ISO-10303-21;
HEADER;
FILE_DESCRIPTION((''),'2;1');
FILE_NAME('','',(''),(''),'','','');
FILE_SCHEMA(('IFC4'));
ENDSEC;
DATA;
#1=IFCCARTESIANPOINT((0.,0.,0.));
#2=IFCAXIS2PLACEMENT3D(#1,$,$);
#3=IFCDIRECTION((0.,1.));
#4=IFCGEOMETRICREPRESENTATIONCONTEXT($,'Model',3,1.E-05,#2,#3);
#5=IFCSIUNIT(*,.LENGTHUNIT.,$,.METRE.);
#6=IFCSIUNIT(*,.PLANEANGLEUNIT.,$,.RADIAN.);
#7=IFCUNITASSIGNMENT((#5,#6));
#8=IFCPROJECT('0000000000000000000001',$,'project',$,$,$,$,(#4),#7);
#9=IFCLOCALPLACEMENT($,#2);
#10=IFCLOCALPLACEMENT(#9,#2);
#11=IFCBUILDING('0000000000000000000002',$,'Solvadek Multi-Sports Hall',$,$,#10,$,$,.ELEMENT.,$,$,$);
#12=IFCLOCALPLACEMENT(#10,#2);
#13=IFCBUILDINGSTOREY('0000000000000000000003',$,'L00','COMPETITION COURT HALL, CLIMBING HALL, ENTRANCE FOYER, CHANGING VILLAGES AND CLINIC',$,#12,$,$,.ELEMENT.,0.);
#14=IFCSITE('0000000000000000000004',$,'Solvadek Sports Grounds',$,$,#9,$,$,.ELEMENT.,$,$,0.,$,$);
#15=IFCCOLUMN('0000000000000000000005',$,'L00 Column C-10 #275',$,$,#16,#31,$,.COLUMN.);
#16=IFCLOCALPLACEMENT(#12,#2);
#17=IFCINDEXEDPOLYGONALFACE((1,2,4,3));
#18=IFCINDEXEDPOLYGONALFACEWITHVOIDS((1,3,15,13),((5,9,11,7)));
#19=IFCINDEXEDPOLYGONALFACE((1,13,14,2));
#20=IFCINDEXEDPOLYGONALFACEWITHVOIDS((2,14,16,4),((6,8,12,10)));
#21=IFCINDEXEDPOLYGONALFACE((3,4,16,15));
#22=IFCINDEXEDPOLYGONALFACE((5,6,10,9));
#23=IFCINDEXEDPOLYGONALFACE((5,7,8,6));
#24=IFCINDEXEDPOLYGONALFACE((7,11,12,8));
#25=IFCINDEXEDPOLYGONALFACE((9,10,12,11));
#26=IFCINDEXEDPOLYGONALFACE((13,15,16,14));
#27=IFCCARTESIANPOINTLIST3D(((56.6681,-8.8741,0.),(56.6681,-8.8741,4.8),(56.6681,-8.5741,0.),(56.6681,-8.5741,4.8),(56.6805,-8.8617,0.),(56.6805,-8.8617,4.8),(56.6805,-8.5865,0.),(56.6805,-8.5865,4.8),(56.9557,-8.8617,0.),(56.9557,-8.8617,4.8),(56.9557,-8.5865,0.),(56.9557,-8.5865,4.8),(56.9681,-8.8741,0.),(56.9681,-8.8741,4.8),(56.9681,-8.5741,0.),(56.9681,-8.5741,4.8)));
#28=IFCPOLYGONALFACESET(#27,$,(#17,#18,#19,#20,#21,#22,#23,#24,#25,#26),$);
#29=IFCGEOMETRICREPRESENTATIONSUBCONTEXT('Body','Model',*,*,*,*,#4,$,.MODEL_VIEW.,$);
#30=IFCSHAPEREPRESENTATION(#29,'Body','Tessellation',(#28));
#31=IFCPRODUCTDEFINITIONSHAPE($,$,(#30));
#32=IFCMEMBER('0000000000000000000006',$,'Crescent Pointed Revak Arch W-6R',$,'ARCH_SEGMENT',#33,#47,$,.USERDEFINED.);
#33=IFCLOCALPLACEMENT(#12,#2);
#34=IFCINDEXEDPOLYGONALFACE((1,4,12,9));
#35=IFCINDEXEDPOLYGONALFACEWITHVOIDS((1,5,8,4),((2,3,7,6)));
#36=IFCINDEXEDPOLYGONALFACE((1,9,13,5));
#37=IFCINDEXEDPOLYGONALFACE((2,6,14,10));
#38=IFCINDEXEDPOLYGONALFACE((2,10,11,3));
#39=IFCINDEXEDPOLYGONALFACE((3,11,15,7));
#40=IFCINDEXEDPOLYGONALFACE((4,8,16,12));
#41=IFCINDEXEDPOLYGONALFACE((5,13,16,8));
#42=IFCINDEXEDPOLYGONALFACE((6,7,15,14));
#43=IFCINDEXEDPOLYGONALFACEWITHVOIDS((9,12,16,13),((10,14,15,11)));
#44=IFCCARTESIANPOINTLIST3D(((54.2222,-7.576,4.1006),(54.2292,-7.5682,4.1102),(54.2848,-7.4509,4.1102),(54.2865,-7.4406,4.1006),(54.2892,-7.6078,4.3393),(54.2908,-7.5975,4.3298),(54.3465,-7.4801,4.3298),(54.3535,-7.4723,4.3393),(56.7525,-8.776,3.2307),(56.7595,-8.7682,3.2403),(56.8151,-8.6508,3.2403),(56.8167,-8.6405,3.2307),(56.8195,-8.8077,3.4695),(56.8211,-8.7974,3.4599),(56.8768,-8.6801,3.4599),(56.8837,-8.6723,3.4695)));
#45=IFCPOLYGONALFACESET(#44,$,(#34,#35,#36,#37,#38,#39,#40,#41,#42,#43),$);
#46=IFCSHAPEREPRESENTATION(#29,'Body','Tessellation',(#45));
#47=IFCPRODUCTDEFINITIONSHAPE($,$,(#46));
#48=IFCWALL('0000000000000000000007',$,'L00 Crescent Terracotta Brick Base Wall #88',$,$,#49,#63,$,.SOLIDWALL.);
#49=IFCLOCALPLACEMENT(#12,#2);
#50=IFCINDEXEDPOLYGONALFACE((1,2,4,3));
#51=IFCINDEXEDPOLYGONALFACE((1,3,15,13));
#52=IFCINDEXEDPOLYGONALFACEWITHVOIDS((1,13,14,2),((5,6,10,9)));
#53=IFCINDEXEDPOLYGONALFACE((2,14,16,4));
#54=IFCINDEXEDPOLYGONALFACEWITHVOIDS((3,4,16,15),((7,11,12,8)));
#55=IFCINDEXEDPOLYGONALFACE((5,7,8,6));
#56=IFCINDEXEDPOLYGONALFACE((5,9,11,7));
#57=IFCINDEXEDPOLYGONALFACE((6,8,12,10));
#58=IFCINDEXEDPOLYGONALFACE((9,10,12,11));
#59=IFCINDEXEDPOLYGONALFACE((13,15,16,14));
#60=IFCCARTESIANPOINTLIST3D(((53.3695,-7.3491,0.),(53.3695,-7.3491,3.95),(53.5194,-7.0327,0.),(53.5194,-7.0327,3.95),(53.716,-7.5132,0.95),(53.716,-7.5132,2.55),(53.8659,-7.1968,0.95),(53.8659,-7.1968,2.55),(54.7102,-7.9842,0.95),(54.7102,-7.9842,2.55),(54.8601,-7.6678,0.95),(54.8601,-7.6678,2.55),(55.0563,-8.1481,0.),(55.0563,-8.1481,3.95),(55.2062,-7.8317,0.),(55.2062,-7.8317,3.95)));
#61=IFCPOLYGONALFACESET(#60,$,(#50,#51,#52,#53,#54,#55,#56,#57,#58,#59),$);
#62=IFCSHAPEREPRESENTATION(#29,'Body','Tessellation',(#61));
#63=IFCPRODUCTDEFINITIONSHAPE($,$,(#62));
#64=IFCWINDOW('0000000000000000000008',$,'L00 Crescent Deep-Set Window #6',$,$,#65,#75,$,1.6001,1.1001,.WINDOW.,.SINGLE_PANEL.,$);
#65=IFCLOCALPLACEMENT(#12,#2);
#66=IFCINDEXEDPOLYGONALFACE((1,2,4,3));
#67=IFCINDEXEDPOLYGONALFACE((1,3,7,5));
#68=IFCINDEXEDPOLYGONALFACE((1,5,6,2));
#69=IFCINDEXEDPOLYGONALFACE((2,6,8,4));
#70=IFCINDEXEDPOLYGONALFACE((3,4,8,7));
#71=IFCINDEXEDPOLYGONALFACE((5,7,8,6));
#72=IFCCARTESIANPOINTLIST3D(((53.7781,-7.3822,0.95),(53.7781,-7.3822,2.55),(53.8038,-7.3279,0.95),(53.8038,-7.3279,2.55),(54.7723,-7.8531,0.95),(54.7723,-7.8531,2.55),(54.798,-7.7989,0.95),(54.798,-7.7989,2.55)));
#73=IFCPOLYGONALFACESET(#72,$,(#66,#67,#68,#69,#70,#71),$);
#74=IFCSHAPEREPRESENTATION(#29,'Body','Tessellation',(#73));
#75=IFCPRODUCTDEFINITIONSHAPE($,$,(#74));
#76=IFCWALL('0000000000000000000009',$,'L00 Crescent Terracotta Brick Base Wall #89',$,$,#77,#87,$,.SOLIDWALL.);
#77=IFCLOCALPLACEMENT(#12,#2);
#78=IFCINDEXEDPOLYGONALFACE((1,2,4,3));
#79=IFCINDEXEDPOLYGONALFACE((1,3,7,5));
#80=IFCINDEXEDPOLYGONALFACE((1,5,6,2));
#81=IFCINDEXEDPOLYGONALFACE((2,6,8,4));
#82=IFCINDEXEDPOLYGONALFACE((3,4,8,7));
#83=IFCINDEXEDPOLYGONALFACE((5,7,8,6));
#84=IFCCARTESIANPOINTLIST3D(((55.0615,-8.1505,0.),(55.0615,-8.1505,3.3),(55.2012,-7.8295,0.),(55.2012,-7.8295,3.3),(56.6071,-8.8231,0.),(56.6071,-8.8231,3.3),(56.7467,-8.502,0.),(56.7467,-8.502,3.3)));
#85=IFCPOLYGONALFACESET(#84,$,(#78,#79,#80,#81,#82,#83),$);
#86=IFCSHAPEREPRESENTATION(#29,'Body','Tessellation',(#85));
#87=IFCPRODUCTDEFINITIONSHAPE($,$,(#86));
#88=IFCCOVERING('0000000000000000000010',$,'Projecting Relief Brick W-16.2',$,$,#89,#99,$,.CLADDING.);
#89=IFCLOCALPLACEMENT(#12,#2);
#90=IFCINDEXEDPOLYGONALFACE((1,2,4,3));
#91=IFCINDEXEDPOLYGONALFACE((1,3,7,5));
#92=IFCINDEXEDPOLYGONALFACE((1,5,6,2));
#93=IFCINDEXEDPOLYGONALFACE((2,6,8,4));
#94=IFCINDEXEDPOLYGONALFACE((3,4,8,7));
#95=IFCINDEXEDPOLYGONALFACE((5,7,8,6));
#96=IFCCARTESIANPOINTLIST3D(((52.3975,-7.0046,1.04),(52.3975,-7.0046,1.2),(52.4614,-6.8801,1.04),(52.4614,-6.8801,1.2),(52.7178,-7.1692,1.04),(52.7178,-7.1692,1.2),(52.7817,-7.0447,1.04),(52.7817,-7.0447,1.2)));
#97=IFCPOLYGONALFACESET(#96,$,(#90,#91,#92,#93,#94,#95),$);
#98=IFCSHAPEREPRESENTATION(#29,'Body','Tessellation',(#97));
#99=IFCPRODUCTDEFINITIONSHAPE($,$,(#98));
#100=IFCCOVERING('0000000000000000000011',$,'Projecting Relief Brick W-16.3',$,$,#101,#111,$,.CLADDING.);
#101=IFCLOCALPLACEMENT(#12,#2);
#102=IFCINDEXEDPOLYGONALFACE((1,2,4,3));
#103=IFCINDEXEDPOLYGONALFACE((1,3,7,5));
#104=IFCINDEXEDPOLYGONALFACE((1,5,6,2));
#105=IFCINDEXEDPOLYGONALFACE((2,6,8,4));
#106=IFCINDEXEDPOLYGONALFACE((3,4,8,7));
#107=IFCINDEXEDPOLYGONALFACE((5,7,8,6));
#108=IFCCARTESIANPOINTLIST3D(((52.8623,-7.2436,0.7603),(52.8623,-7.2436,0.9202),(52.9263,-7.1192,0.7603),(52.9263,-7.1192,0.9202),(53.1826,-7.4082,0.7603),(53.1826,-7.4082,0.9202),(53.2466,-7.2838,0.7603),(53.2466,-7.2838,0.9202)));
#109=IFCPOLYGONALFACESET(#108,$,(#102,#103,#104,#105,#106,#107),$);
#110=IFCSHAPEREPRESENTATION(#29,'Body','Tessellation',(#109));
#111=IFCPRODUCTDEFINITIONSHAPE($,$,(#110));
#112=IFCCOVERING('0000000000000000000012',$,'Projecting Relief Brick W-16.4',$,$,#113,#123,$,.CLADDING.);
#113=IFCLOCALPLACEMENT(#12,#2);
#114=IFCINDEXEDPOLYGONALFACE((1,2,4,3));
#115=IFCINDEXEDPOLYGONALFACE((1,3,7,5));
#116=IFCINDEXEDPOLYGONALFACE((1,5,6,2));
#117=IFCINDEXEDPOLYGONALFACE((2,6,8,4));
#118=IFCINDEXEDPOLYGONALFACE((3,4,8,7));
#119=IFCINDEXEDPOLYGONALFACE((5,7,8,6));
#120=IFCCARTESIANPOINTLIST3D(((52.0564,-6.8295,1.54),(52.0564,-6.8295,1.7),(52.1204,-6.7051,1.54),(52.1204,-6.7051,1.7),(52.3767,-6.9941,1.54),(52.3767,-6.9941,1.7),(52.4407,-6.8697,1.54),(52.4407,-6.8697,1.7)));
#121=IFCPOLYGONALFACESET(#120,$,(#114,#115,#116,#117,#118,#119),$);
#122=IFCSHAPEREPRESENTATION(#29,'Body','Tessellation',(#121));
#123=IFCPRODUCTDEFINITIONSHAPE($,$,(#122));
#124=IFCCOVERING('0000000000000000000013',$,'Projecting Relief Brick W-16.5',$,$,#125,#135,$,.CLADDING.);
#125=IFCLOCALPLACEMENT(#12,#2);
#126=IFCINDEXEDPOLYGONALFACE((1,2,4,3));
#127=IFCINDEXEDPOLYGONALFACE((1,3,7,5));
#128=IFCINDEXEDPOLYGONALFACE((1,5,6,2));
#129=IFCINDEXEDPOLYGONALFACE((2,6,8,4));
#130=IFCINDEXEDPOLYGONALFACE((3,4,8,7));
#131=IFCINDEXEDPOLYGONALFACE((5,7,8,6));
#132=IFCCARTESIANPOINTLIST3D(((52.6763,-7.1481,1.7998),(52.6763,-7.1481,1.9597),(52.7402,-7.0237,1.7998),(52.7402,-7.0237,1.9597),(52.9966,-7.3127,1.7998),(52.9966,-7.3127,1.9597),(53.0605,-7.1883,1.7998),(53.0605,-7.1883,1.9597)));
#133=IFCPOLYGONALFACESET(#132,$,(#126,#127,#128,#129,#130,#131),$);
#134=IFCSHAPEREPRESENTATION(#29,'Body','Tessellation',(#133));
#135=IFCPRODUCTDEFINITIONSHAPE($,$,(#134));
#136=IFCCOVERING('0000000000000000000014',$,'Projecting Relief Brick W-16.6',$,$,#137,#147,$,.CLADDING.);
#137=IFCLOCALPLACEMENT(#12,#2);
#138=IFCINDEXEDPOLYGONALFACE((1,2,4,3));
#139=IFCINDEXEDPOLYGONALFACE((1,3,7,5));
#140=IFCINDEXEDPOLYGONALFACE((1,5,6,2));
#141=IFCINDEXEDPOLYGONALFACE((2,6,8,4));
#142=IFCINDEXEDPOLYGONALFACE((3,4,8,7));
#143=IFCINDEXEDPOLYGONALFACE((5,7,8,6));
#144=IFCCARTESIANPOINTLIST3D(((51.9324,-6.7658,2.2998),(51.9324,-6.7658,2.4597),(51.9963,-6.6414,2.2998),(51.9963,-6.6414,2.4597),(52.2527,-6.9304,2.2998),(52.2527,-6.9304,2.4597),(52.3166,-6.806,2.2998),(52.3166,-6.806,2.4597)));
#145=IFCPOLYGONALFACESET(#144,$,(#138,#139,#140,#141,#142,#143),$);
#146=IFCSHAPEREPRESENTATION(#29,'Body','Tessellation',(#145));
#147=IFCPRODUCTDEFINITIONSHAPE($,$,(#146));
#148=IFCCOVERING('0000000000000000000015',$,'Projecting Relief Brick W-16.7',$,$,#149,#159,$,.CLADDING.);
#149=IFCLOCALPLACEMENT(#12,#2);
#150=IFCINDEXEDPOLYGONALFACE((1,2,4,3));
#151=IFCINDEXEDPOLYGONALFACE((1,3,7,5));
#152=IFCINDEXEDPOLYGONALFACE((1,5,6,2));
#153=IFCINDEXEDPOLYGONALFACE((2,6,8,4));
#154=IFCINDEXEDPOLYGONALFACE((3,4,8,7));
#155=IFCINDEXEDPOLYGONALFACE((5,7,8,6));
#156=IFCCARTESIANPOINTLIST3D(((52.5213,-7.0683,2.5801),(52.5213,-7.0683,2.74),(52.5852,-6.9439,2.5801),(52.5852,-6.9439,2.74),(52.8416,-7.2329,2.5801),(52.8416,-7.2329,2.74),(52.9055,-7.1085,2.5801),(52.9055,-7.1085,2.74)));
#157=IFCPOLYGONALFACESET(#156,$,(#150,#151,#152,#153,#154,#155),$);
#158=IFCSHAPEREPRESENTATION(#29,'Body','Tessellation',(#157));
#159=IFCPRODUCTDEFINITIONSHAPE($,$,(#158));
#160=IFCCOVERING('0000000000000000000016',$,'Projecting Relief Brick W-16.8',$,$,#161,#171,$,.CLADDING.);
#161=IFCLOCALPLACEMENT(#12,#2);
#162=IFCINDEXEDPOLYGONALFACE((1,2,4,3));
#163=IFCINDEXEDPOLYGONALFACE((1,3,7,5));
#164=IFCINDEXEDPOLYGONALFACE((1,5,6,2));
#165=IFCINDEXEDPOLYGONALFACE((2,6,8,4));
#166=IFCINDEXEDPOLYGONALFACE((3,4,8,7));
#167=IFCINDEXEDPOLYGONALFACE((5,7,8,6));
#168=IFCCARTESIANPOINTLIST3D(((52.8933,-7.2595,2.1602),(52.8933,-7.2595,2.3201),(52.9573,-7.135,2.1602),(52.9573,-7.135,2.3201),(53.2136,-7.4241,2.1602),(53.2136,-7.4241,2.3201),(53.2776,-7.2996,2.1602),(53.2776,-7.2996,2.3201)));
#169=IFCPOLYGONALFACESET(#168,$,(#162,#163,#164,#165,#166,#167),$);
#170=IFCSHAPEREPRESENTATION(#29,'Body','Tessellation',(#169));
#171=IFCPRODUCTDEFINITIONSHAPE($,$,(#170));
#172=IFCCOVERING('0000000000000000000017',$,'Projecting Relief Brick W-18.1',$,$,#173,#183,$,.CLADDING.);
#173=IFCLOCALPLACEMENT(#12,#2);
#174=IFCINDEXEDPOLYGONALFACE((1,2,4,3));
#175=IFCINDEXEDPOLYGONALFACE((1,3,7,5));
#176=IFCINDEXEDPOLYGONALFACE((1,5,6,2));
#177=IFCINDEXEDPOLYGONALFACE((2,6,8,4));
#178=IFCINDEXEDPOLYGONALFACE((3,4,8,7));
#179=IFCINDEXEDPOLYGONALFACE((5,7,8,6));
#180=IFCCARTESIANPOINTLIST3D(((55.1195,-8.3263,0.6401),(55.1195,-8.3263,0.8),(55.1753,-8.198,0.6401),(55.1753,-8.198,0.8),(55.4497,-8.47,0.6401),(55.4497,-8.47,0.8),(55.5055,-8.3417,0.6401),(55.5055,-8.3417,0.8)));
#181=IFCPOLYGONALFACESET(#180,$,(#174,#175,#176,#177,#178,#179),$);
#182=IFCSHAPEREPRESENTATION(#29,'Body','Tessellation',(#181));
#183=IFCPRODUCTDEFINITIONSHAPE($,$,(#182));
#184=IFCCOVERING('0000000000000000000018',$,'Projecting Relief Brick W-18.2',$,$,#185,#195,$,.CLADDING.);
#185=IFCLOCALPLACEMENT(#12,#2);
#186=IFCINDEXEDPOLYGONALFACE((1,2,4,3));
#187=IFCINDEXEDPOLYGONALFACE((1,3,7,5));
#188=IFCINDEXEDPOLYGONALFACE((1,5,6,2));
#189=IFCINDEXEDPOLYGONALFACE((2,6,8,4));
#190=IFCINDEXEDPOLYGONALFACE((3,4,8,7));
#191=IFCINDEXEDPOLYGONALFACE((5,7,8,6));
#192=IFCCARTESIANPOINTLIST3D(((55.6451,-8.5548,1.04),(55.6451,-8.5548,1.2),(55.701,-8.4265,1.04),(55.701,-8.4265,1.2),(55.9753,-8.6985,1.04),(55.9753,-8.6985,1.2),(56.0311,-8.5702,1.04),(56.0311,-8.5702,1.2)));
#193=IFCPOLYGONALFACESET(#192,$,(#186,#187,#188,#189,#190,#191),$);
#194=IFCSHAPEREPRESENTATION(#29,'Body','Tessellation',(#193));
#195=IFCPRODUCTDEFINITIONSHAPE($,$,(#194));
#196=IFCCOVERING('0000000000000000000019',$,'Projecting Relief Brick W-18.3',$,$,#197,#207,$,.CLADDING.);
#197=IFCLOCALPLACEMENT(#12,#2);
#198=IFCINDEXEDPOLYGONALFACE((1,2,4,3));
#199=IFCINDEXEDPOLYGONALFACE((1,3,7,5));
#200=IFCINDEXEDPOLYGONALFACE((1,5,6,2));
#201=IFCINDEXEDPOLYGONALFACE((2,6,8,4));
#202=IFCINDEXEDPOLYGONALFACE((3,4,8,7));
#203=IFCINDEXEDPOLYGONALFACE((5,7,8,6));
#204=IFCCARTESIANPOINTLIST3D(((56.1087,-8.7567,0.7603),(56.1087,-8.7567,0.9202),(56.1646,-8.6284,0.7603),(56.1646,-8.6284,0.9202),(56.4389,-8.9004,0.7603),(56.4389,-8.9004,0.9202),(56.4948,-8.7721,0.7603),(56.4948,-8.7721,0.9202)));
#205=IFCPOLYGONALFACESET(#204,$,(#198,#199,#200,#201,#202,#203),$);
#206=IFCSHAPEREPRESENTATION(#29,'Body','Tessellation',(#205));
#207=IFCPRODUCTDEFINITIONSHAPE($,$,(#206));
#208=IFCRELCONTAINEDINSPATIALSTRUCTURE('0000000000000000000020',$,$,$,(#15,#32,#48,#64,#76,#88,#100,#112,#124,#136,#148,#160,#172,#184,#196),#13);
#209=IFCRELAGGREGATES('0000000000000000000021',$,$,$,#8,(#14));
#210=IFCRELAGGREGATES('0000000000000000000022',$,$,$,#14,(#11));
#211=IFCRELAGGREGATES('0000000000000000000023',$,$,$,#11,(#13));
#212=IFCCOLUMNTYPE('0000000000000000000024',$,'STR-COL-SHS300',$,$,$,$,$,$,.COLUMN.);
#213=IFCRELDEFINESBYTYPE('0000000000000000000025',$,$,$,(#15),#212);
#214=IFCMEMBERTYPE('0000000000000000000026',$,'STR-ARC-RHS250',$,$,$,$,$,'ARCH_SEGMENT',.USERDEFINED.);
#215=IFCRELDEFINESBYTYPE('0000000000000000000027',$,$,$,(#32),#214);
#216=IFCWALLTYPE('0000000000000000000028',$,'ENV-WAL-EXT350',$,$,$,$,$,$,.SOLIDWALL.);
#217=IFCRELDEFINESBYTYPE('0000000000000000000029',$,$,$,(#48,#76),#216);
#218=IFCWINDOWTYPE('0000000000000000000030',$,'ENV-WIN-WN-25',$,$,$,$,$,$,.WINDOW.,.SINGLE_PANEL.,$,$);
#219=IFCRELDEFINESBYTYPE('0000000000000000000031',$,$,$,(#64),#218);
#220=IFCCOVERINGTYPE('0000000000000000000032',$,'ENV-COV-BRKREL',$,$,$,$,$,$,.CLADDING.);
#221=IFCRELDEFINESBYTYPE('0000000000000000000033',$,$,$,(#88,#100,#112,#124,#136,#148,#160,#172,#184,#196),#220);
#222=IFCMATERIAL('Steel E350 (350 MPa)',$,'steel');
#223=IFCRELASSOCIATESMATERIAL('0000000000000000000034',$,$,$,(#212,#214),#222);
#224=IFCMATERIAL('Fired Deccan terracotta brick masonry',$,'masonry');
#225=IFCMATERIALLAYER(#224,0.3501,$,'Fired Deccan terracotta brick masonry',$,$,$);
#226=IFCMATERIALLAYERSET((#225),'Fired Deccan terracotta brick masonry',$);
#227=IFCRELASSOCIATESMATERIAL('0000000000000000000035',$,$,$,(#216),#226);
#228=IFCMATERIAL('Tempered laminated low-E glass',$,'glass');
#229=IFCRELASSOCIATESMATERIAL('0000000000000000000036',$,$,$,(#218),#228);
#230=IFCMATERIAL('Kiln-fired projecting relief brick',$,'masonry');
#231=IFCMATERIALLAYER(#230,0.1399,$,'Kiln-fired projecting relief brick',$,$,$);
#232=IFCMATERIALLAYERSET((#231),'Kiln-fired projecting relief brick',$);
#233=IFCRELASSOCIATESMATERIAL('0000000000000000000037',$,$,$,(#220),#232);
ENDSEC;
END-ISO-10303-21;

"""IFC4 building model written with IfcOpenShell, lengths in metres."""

from ifc_helpers import new_model, si_unit, direction, frame, frame_2d, origin, origin_2d, place, context, subcontext, project, spatial, rectangle, hollow_rectangle, extrude, material, layer, layer_set, material_profile, profile_set, type_object, element, fill, save


model = new_model("IFC4")

# Units and contexts
model_context = context("Model", 3, precision=1e-05, world=origin(), true_north=direction((0.0, 1.0)))
body_context = subcontext(model_context, "Body", "Model", "MODEL_VIEW")
ifc_project = project(units=[si_unit("LENGTHUNIT", "METRE"), si_unit("PLANEANGLEUNIT", "RADIAN")], contexts=[model_context])

# Site, building, storey
site_placement = place(None, origin())
site = spatial("IfcSite", under=ifc_project, at=site_placement, Name="Solvadek Sports Grounds", CompositionType="ELEMENT", RefElevation=0.0)
building_placement = place(site_placement, origin())
building = spatial("IfcBuilding", under=site, at=building_placement, Name="Solvadek Multi-Sports Hall", CompositionType="ELEMENT")
storey_placement = place(building_placement, origin())
storey = spatial("IfcBuildingStorey", under=building, at=storey_placement, Name="L00", Description="COMPETITION COURT HALL, CLIMBING HALL, ENTRANCE FOYER, CHANGING VILLAGES AND CLINIC", CompositionType="ELEMENT", Elevation=0.0)

# Column
ifc_material_1 = material(Name="Steel E350 (350 MPa)", Category="steel")
ifc_material_profile_1 = material_profile(ifc_material_1, hollow_rectangle(XDim=0.3, YDim=0.3, WallThickness=0.0125, at=origin_2d()), Name="SHS 300x300x12.5")
ifc_profile_set_1 = profile_set([ifc_material_profile_1], Name="Steel E350 (350 MPa)")
column_type = type_object("IfcColumnType", Name="STR-COL-SHS300", PredefinedType="COLUMN", material=ifc_profile_set_1)
column_placement = place(storey_placement, frame((56.8181, -8.7241, 0.0), z_axis=(0.0, 0.0, 1.0), x_axis=(1.0, 0.0, 0.0)))
element("IfcColumn", 1, at=column_placement, inside=storey, type_object=column_type, Name="L00 Column C-10 #275", PredefinedType="COLUMN", context=body_context, shape_type="SweptSolid", body=[
    extrude(hollow_rectangle(XDim=0.3, YDim=0.3, WallThickness=0.0125, at=origin_2d()), origin(), (0.0, 0.0, 1.0), 4.8),
])

# Member
ifc_material_profile_2 = material_profile(ifc_material_1, hollow_rectangle(XDim=0.1499, YDim=0.25, WallThickness=0.01, at=origin_2d()), Name="RHS 250x150x10")
ifc_profile_set_2 = profile_set([ifc_material_profile_2], Name="Steel E350 (350 MPa)")
member_type = type_object("IfcMemberType", Name="STR-ARC-RHS250", ElementType="ARCH_SEGMENT", PredefinedType="USERDEFINED", material=ifc_profile_set_2)
member_placement = place(storey_placement, frame((54.2878, -7.5242, 4.22), z_axis=(0.862874, -0.409207, -0.296644), x_axis=(0.428495, 0.903544, 0.0)))
element("IfcMember", 2, at=member_placement, inside=storey, type_object=member_type, Name="Crescent Pointed Revak Arch W-6R", ObjectType="ARCH_SEGMENT", PredefinedType="USERDEFINED", context=body_context, shape_type="SweptSolid", body=[
    extrude(hollow_rectangle(XDim=0.1499, YDim=0.25, WallThickness=0.01, at=origin_2d()), origin(), (0.0, 0.0, 1.0), 2.9324),
])

# Wall, opening, window
ifc_material_2 = material(Name="Fired Deccan terracotta brick masonry", Category="masonry")
ifc_layer_1 = layer(ifc_material_2, 0.3501, Name="Fired Deccan terracotta brick masonry")
ifc_layer_set_1 = layer_set([ifc_layer_1], Name="Fired Deccan terracotta brick masonry")
wall_type = type_object("IfcWallType", Name="ENV-WAL-EXT350", PredefinedType="SOLIDWALL", material=ifc_layer_set_1)
wall_1_placement = place(storey_placement, frame((53.4446, -7.1909, 0.0), z_axis=(0.0, 0.0, 1.0), x_axis=(0.903722, -0.42812, 0.0)))
wall_1 = element("IfcWall", 3, at=wall_1_placement, inside=storey, type_object=wall_type, Name="L00 Crescent Terracotta Brick Base Wall #88", PredefinedType="SOLIDWALL", context=body_context, shape_type="SweptSolid", body=[
    extrude(rectangle(XDim=1.8665, YDim=0.3501, at=frame_2d((0.9331, 0.0))), origin(), (0.0, 0.0, 1.0), 3.95),
])
opening_placement = place(wall_1_placement, frame((0.3833, 0.0, 0.95)))
opening = element("IfcOpeningElement", 4, at=opening_placement, cuts=wall_1, PredefinedType="OPENING", context=body_context, shape_type="SweptSolid", body=[
    extrude(rectangle(XDim=1.1001, YDim=1.6001, at=frame_2d((0.55, 0.8))), frame((0.0, 0.1851, 0.0), z_axis=(0.0, -1.0, 0.0), x_axis=(1.0, 0.0, 0.0)), (0.0, 0.0, 1.0), 0.3701),
])
ifc_material_3 = material(Name="Tempered laminated low-E glass", Category="glass")
window_type = type_object("IfcWindowType", Name="ENV-WIN-WN-25", PartitioningType="SINGLE_PANEL", PredefinedType="WINDOW", material=ifc_material_3)
window_placement = place(opening_placement, origin())
window = element("IfcWindow", 5, at=window_placement, inside=storey, type_object=window_type, Name="L00 Crescent Deep-Set Window #6", OverallHeight=1.6001, OverallWidth=1.1001, PartitioningType="SINGLE_PANEL", PredefinedType="WINDOW", context=body_context, shape_type="SweptSolid", body=[
    extrude(rectangle(XDim=1.1001, YDim=1.6001, at=frame_2d((0.55, 0.8))), frame((0.0, 0.03, 0.0), z_axis=(0.0, -1.0, 0.0), x_axis=(1.0, 0.0, 0.0)), (0.0, 0.0, 1.0), 0.0601),
])
fill(opening, window)

# Wall
wall_2_placement = place(storey_placement, frame((55.1313, -7.99, 0.0), z_axis=(0.0, 0.0, 1.0), x_axis=(0.916943, -0.399017, 0.0)))
element("IfcWall", 6, at=wall_2_placement, inside=storey, type_object=wall_type, Name="L00 Crescent Terracotta Brick Base Wall #89", PredefinedType="SOLIDWALL", context=body_context, shape_type="SweptSolid", body=[
    extrude(rectangle(XDim=1.6855, YDim=0.3501, at=frame_2d((0.8428, 0.0))), origin(), (0.0, 0.0, 1.0), 3.3),
])

# Coverings
ifc_material_4 = material(Name="Kiln-fired projecting relief brick", Category="masonry")
ifc_layer_2 = layer(ifc_material_4, 0.1399, Name="Kiln-fired projecting relief brick")
ifc_layer_set_2 = layer_set([ifc_layer_2], Name="Kiln-fired projecting relief brick")
covering_type = type_object("IfcCoveringType", Name="ENV-COV-BRKREL", PredefinedType="CLADDING", material=ifc_layer_set_2)
for number, where, z_axis, x_axis, name in (
    (7, (52.5896, -7.0247, 1.04), (0.0, 0.0, 1.0), (0.889427, -0.457078, 0.0), "Projecting Relief Brick W-16.2"),
    (8, (53.0544, -7.2637, 0.7603), (0.0, 0.0, 1.0), (0.889427, -0.457078, 0.0), "Projecting Relief Brick W-16.3"),
    (9, (52.2485, -6.8496, 1.54), (0.0, 0.0, 1.0), (0.889427, -0.457078, 0.0), "Projecting Relief Brick W-16.4"),
    (10, (52.8684, -7.1682, 1.7998), (0.0, 0.0, 1.0), (0.889427, -0.457078, 0.0), "Projecting Relief Brick W-16.5"),
    (11, (52.1245, -6.7859, 2.2998), (0.0, 0.0, 1.0), (0.889427, -0.457078, 0.0), "Projecting Relief Brick W-16.6"),
    (12, (52.7134, -7.0884, 2.5801), (0.0, 0.0, 1.0), (0.889427, -0.457078, 0.0), "Projecting Relief Brick W-16.7"),
    (13, (53.0854, -7.2795, 2.1602), (0.0, 0.0, 1.0), (0.889427, -0.457078, 0.0), "Projecting Relief Brick W-16.8"),
    (14, (55.3125, -8.334, 0.6401), (0.0, 0.0, 1.0), (0.916918, -0.399076, 0.0), "Projecting Relief Brick W-18.1"),
    (15, (55.8381, -8.5625, 1.04), (0.0, 0.0, 1.0), (0.916918, -0.399076, 0.0), "Projecting Relief Brick W-18.2"),
    (16, (56.3018, -8.7644, 0.7603), (0.0, 0.0, 1.0), (0.916918, -0.399076, 0.0), "Projecting Relief Brick W-18.3"),
):
    element("IfcCovering", number, at=place(storey_placement, frame(where, z_axis=z_axis, x_axis=x_axis)), inside=storey, type_object=covering_type, Name=name, PredefinedType="CLADDING", context=body_context, shape_type="SweptSolid", body=[
        extrude(rectangle(XDim=0.3601, YDim=0.1399, at=origin_2d()), origin(), (0.0, 0.0, 1.0), 0.1599),
    ])

save(model, "model.ifc")
